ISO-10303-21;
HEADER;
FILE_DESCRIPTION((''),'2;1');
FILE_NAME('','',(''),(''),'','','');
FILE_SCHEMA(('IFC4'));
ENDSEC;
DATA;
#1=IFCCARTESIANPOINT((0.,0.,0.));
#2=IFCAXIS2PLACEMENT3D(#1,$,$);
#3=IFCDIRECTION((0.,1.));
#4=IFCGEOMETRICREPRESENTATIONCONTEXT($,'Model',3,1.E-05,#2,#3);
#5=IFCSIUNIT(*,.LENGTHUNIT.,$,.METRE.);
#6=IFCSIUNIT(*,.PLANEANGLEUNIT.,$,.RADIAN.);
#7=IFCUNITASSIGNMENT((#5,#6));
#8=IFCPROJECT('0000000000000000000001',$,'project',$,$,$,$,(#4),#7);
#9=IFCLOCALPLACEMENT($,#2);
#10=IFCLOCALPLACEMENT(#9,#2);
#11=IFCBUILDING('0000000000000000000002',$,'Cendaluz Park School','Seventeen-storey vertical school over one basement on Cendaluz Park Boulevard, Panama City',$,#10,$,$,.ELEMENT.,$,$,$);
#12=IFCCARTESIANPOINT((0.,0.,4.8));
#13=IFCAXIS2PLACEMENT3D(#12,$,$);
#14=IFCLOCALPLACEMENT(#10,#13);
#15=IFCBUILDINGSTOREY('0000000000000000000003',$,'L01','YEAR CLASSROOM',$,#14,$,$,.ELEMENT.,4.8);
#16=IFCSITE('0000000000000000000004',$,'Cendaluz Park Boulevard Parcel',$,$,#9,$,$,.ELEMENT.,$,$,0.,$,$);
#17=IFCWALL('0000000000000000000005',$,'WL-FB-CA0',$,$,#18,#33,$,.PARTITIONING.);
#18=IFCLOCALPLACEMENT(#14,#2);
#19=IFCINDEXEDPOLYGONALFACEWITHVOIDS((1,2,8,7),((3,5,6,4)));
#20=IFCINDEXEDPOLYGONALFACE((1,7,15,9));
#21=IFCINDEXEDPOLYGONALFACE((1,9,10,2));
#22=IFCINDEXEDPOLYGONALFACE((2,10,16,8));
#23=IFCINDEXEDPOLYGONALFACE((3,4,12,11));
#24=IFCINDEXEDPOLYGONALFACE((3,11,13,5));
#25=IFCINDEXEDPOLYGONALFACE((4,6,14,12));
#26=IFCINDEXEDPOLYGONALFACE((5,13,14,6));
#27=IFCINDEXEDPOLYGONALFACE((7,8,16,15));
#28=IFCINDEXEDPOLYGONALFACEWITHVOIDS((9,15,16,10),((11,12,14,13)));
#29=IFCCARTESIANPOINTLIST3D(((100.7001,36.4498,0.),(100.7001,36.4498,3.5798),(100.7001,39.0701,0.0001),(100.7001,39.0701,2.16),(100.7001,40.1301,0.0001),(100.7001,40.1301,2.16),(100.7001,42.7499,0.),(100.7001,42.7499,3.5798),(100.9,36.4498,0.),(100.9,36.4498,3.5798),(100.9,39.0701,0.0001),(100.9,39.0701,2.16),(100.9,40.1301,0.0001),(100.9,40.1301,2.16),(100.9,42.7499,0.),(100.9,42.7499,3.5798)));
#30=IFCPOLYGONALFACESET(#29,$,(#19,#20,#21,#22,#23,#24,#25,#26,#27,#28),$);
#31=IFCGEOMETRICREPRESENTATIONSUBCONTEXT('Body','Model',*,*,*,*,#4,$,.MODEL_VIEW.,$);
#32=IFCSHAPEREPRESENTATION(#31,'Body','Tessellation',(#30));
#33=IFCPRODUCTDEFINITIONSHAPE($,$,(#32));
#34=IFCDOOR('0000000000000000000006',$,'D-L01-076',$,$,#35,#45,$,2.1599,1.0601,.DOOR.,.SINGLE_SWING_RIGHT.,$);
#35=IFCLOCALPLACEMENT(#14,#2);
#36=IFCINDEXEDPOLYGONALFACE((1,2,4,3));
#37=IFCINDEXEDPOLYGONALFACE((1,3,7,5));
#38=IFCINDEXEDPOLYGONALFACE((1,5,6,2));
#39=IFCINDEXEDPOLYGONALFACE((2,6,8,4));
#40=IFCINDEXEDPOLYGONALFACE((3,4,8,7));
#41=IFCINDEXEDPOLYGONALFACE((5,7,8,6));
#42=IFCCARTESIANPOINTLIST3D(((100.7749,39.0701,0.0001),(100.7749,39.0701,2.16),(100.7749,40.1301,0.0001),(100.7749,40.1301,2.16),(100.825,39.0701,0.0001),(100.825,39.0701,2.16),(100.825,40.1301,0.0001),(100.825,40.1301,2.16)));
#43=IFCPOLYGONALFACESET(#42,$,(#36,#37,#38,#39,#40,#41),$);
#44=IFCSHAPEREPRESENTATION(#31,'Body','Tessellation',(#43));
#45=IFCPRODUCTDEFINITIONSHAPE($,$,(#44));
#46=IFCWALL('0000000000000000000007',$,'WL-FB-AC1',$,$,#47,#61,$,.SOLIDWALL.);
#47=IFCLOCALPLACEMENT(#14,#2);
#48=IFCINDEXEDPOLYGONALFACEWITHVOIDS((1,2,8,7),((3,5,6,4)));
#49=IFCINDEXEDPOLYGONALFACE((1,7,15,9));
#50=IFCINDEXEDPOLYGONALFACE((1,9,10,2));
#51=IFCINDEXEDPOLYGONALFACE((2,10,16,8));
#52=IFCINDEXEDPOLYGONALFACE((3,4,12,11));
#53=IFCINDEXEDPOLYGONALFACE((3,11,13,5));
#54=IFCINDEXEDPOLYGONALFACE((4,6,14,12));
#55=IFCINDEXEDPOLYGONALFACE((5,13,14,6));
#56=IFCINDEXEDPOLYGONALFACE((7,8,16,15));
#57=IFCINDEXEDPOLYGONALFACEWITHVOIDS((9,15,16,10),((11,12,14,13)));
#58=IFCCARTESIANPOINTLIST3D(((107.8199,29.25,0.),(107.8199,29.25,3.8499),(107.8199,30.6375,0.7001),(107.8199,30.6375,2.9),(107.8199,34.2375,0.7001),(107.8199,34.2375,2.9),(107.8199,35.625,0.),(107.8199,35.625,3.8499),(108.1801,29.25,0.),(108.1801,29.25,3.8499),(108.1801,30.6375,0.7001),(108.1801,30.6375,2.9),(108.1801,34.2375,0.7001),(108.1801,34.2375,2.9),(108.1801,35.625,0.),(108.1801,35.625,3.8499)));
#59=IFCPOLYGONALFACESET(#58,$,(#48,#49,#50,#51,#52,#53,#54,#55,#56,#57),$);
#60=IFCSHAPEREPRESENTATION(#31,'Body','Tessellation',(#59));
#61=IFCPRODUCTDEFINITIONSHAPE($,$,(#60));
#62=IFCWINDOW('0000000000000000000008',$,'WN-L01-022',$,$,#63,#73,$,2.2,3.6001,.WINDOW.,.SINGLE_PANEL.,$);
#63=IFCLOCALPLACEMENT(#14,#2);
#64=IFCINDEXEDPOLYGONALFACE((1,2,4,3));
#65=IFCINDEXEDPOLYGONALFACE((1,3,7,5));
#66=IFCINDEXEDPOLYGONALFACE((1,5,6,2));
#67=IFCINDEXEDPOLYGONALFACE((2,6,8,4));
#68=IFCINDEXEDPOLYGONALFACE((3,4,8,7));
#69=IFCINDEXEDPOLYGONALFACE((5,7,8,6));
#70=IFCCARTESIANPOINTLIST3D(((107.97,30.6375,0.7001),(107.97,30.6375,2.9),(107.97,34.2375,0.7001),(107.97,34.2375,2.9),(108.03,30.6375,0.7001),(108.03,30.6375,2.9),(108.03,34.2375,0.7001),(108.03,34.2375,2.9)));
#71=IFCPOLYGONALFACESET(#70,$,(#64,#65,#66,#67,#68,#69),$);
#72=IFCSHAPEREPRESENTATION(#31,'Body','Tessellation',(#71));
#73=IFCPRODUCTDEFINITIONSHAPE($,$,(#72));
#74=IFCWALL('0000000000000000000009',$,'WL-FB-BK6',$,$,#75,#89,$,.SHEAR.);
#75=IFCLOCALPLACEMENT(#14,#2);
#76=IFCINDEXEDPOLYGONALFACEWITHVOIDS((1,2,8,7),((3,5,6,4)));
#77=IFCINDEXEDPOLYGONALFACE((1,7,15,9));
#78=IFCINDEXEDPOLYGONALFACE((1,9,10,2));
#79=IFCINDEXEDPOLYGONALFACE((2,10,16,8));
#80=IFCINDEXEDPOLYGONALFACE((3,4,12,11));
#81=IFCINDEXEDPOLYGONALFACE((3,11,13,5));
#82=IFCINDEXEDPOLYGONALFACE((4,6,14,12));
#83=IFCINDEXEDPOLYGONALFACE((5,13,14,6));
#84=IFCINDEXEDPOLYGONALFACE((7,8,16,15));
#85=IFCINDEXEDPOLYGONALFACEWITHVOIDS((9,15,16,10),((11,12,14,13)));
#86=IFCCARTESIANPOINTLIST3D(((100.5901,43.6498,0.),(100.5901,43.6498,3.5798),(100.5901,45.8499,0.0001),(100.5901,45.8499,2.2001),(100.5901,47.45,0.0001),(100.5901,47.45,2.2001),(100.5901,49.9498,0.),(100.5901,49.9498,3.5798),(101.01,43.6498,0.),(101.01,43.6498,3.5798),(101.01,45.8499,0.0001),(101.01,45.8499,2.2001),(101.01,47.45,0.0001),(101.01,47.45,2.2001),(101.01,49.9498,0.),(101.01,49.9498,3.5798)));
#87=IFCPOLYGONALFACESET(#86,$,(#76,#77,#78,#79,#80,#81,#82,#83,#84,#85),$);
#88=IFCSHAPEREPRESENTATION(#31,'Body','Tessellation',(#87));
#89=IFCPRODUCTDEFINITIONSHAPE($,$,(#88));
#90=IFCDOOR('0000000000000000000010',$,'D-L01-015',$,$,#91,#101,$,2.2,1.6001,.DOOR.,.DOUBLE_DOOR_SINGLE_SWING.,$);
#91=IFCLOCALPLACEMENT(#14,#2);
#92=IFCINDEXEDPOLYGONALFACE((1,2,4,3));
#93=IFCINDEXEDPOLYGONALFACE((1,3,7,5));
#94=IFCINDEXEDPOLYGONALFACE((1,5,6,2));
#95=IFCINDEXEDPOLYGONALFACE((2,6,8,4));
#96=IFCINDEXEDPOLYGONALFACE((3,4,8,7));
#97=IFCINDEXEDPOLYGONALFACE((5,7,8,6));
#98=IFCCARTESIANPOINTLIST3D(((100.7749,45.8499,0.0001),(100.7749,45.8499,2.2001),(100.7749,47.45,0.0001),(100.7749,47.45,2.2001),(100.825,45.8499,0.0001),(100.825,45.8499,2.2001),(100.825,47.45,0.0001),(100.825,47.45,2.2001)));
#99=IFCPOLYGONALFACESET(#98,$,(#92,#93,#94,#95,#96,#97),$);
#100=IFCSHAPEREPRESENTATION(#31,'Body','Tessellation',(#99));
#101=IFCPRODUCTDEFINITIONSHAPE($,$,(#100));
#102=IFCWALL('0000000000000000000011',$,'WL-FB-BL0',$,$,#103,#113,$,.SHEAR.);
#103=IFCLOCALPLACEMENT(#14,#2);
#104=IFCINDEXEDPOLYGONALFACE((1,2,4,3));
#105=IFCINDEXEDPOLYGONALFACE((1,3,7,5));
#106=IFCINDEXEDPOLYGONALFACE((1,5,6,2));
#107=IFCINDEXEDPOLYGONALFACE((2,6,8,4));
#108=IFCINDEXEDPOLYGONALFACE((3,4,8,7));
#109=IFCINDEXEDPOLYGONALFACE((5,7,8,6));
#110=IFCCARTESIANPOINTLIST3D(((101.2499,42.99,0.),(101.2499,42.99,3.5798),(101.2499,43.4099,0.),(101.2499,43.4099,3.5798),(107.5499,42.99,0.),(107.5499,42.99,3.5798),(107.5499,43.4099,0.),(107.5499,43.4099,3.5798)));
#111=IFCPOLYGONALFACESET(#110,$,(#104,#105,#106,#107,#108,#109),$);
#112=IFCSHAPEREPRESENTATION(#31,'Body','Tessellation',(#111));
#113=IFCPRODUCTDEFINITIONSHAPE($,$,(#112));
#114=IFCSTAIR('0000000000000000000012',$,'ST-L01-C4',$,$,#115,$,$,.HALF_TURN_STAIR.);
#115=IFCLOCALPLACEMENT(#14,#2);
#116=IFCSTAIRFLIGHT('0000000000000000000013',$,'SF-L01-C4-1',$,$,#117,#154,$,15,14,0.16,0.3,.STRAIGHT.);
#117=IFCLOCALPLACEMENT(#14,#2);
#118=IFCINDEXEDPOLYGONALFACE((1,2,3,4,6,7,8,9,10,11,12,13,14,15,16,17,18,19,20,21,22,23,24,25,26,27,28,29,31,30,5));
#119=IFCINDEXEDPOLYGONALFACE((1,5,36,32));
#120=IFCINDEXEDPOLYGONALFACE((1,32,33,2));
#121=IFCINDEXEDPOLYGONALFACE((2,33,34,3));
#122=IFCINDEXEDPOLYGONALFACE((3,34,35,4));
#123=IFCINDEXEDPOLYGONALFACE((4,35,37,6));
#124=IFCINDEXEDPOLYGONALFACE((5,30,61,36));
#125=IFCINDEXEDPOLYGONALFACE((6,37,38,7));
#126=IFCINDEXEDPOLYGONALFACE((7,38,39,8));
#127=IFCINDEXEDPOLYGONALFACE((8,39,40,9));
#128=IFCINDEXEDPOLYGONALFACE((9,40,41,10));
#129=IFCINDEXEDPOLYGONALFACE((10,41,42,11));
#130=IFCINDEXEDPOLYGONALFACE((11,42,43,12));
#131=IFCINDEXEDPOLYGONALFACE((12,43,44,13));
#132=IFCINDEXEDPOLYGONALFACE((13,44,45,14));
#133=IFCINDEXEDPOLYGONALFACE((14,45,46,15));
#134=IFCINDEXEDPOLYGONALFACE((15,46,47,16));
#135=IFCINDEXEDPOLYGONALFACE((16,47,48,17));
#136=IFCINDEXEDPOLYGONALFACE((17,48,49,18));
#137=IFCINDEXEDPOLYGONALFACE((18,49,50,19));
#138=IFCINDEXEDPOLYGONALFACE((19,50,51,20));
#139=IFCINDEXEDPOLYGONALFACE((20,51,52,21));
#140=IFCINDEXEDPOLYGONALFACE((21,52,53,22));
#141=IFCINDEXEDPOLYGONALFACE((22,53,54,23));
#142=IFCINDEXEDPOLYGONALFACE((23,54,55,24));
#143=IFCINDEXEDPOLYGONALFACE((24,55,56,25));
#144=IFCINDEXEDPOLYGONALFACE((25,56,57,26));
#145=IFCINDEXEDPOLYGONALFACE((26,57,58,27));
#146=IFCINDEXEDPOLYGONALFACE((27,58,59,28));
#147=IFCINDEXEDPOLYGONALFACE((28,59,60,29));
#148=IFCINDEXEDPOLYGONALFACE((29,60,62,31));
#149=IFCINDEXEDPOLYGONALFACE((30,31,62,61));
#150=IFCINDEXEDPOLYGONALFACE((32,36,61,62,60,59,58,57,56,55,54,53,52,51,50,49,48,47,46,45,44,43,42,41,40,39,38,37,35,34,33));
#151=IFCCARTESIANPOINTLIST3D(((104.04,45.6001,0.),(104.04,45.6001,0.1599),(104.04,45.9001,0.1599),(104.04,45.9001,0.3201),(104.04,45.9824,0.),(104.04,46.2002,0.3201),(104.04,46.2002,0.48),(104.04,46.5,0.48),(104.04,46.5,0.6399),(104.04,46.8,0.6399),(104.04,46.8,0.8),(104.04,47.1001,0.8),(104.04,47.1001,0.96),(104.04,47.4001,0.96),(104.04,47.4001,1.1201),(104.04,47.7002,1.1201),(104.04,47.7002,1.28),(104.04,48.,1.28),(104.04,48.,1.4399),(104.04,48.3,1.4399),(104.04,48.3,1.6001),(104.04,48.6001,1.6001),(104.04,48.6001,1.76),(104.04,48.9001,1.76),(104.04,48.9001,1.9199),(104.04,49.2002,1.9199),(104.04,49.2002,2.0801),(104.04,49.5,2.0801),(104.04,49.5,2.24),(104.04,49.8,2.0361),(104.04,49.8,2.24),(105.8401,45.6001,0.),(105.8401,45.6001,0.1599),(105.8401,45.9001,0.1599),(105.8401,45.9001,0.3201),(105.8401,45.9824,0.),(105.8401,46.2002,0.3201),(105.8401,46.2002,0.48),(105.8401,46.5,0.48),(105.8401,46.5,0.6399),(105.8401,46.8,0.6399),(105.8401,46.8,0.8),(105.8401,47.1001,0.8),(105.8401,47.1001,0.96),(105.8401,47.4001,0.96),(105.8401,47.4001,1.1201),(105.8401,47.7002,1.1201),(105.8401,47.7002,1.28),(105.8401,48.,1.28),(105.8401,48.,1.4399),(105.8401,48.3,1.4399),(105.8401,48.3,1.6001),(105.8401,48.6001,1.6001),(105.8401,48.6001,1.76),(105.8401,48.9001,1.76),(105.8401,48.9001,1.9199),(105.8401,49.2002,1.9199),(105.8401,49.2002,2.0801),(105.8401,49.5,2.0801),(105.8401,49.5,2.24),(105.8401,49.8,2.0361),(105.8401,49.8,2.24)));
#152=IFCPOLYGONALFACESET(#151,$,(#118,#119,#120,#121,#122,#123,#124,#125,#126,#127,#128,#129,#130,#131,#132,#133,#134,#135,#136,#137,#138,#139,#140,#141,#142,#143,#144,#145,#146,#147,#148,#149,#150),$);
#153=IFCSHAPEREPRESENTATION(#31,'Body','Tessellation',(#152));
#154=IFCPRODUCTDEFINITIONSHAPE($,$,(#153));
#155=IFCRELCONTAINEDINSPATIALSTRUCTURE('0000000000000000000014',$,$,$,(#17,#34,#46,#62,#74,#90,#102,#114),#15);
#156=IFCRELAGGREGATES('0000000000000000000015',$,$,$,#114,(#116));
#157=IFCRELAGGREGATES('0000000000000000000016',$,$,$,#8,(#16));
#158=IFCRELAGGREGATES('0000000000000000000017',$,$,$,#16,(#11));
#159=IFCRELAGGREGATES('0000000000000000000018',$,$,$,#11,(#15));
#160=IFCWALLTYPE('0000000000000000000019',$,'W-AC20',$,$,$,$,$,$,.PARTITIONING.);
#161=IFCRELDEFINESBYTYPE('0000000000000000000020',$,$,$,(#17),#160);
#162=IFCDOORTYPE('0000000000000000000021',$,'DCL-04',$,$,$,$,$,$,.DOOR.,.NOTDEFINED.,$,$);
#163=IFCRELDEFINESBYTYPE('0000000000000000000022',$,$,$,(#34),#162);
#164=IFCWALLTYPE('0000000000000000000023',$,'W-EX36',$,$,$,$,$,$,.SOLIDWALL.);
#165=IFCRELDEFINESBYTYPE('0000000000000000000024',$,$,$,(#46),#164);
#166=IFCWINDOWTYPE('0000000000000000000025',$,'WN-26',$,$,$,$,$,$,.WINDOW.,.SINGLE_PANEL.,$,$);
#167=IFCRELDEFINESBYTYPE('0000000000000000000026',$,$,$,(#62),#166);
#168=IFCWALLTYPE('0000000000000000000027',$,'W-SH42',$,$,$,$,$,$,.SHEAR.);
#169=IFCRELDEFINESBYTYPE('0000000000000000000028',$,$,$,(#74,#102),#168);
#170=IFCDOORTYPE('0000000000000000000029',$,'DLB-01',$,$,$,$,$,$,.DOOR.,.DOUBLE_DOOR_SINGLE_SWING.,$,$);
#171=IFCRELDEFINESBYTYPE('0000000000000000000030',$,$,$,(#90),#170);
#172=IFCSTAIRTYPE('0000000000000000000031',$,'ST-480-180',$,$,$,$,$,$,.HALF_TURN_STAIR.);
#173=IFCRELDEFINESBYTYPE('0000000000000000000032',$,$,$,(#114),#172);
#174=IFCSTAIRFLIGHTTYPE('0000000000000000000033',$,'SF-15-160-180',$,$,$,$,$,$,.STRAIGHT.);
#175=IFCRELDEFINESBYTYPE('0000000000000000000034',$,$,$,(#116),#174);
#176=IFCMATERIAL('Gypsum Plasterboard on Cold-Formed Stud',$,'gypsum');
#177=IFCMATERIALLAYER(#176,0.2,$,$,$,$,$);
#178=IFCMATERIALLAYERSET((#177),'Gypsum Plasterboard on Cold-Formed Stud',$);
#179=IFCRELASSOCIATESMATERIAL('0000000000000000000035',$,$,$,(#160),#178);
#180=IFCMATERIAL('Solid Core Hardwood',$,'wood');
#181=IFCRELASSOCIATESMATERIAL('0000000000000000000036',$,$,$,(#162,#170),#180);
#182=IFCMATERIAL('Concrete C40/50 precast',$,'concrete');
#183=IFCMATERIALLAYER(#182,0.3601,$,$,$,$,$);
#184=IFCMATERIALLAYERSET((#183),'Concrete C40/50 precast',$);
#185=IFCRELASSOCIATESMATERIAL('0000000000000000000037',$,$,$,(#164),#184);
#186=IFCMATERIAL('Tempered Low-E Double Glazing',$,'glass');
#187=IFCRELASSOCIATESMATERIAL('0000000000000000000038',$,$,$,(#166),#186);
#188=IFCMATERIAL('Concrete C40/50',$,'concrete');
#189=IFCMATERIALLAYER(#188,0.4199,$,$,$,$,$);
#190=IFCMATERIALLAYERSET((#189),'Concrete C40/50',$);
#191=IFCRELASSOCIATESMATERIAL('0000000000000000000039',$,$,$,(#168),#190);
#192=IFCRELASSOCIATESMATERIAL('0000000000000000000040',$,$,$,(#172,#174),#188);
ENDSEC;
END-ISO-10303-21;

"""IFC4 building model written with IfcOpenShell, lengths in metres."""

from ifc_helpers import new_model, si_unit, direction, frame, frame_2d, origin, place, context, subcontext, project, spatial, polyline, rectangle, outline, extrude, material, layer, layer_set, type_object, element, fill, aggregate, save


model = new_model("IFC4")

# Units and contexts
model_context = context("Model", 3, precision=1e-05, world=origin(), true_north=direction((0.0, 1.0)))
body_context = subcontext(model_context, "Body", "Model", "MODEL_VIEW")
ifc_project = project(units=[si_unit("LENGTHUNIT", "METRE"), si_unit("PLANEANGLEUNIT", "RADIAN")], contexts=[model_context])

# Site, building, storey
site_placement = place(None, origin())
site = spatial("IfcSite", under=ifc_project, at=site_placement, Name="Cendaluz Park Boulevard Parcel", CompositionType="ELEMENT", RefElevation=0.0)
building_placement = place(site_placement, origin())
building = spatial("IfcBuilding", under=site, at=building_placement, Name="Cendaluz Park School", Description="Seventeen-storey vertical school over one basement on Cendaluz Park Boulevard, Panama City", CompositionType="ELEMENT")
storey_placement = place(building_placement, frame((0.0, 0.0, 4.8)))
storey = spatial("IfcBuildingStorey", under=building, at=storey_placement, Name="L01", Description="YEAR CLASSROOM", CompositionType="ELEMENT", Elevation=4.8)

# Shared definitions
ifc_material_1 = material(Name="Concrete C40/50", Category="concrete")

# Shared definitions
ifc_material_2 = material(Name="Gypsum Plasterboard on Cold-Formed Stud", Category="gypsum")
ifc_layer_1 = layer(ifc_material_2, 0.2)
ifc_layer_set_1 = layer_set([ifc_layer_1], Name="Gypsum Plasterboard on Cold-Formed Stud")
wall_type_1 = type_object("IfcWallType", Name="W-AC20", PredefinedType="PARTITIONING", material=ifc_layer_set_1)

# Wall, opening, door
wall_1_placement = place(storey_placement, frame((100.8, 36.45, 0.0), z_axis=(0.0, 0.0, 1.0), x_axis=(0.0, 1.0, 0.0)))
wall_1 = element("IfcWall", 1, at=wall_1_placement, inside=storey, type_object=wall_type_1, Name="WL-FB-CA0", PredefinedType="PARTITIONING", context=body_context, shape_type="SweptSolid", body=[
    extrude(rectangle(XDim=6.3, YDim=0.2, at=frame_2d((3.1499, 0.0))), origin(), (0.0, 0.0, 1.0), 3.5798),
])
opening_1_placement = place(wall_1_placement, frame((2.6201, 0.0, 0.0)))
opening_1 = element("IfcOpeningElement", 2, at=opening_1_placement, cuts=wall_1, PredefinedType="OPENING", context=body_context, shape_type="SweptSolid", body=[
    extrude(rectangle(XDim=1.0601, YDim=2.1599, at=frame_2d((0.53, 1.0801))), frame((0.0, 0.1121, 0.0), z_axis=(0.0, -1.0, 0.0), x_axis=(1.0, 0.0, 0.0)), (0.0, 0.0, 1.0), 0.2239),
])
ifc_material_3 = material(Name="Solid Core Hardwood", Category="wood")
door_type_1 = type_object("IfcDoorType", Name="DCL-04", OperationType="NOTDEFINED", PredefinedType="DOOR", material=ifc_material_3)
door_1_placement = place(opening_1_placement, frame((1.0601, 0.0, 0.0), z_axis=(0.0, 0.0, 1.0), x_axis=(-1.0, 0.0, 0.0)))
door_1 = element("IfcDoor", 3, at=door_1_placement, inside=storey, type_object=door_type_1, Name="D-L01-076", OperationType="SINGLE_SWING_RIGHT", OverallHeight=2.1599, OverallWidth=1.0601, PredefinedType="DOOR", context=body_context, shape_type="SweptSolid", body=[
    extrude(rectangle(XDim=1.0601, YDim=2.1599, at=frame_2d((0.53, 1.0801))), frame((0.0, 0.0249, 0.0), z_axis=(0.0, -1.0, 0.0), x_axis=(1.0, 0.0, 0.0)), (0.0, 0.0, 1.0), 0.05),
])
fill(opening_1, door_1)

# Wall, opening, window
ifc_material_4 = material(Name="Concrete C40/50 precast", Category="concrete")
ifc_layer_2 = layer(ifc_material_4, 0.3601)
ifc_layer_set_2 = layer_set([ifc_layer_2], Name="Concrete C40/50 precast")
wall_type_2 = type_object("IfcWallType", Name="W-EX36", PredefinedType="SOLIDWALL", material=ifc_layer_set_2)
wall_2_placement = place(storey_placement, frame((108.0, 29.25, 0.0), z_axis=(0.0, 0.0, 1.0), x_axis=(0.0, 1.0, 0.0)))
wall_2 = element("IfcWall", 4, at=wall_2_placement, inside=storey, type_object=wall_type_2, Name="WL-FB-AC1", PredefinedType="SOLIDWALL", context=body_context, shape_type="SweptSolid", body=[
    extrude(rectangle(XDim=6.375, YDim=0.3601, at=frame_2d((3.1875, 0.0))), origin(), (0.0, 0.0, 1.0), 3.8499),
])
opening_2_placement = place(wall_2_placement, frame((1.3875, 0.0, 0.7)))
opening_2 = element("IfcOpeningElement", 5, at=opening_2_placement, cuts=wall_2, PredefinedType="OPENING", context=body_context, shape_type="SweptSolid", body=[
    extrude(rectangle(XDim=3.6001, YDim=2.2, at=frame_2d((1.8, 1.1001))), frame((0.0, 0.1921, 0.0), z_axis=(0.0, -1.0, 0.0), x_axis=(1.0, 0.0, 0.0)), (0.0, 0.0, 1.0), 0.384),
])
ifc_material_5 = material(Name="Tempered Low-E Double Glazing", Category="glass")
window_type = type_object("IfcWindowType", Name="WN-26", PartitioningType="SINGLE_PANEL", PredefinedType="WINDOW", material=ifc_material_5)
window_placement = place(opening_2_placement, origin())
window = element("IfcWindow", 6, at=window_placement, inside=storey, type_object=window_type, Name="WN-L01-022", OverallHeight=2.2, OverallWidth=3.6001, PartitioningType="SINGLE_PANEL", PredefinedType="WINDOW", context=body_context, shape_type="SweptSolid", body=[
    extrude(rectangle(XDim=3.6001, YDim=2.2, at=frame_2d((1.8, 1.1001))), frame((0.0, 0.03, 0.0), z_axis=(0.0, -1.0, 0.0), x_axis=(1.0, 0.0, 0.0)), (0.0, 0.0, 1.0), 0.0601),
])
fill(opening_2, window)

# Wall, opening, door
ifc_layer_3 = layer(ifc_material_1, 0.4199)
ifc_layer_set_3 = layer_set([ifc_layer_3], Name="Concrete C40/50")
wall_type_3 = type_object("IfcWallType", Name="W-SH42", PredefinedType="SHEAR", material=ifc_layer_set_3)
wall_3_placement = place(storey_placement, frame((100.8, 43.6499, 0.0), z_axis=(0.0, 0.0, 1.0), x_axis=(0.0, 1.0, 0.0)))
wall_3 = element("IfcWall", 7, at=wall_3_placement, inside=storey, type_object=wall_type_3, Name="WL-FB-BK6", PredefinedType="SHEAR", context=body_context, shape_type="SweptSolid", body=[
    extrude(rectangle(XDim=6.3, YDim=0.4199, at=frame_2d((3.1499, 0.0))), origin(), (0.0, 0.0, 1.0), 3.5798),
])
opening_3_placement = place(wall_3_placement, frame((2.2, 0.0, 0.0)))
opening_3 = element("IfcOpeningElement", 8, at=opening_3_placement, cuts=wall_3, PredefinedType="OPENING", context=body_context, shape_type="SweptSolid", body=[
    extrude(rectangle(XDim=1.6001, YDim=2.2, at=frame_2d((0.8, 1.1001))), frame((0.0, 0.2219, 0.0), z_axis=(0.0, -1.0, 0.0), x_axis=(1.0, 0.0, 0.0)), (0.0, 0.0, 1.0), 0.4438),
])
door_type_2 = type_object("IfcDoorType", Name="DLB-01", OperationType="DOUBLE_DOOR_SINGLE_SWING", PredefinedType="DOOR", material=ifc_material_3)
door_2_placement = place(opening_3_placement, frame((1.6001, 0.0, 0.0), z_axis=(0.0, 0.0, 1.0), x_axis=(-1.0, 0.0, 0.0)))
door_2 = element("IfcDoor", 9, at=door_2_placement, inside=storey, type_object=door_type_2, Name="D-L01-015", OperationType="DOUBLE_DOOR_SINGLE_SWING", OverallHeight=2.2, OverallWidth=1.6001, PredefinedType="DOOR", context=body_context, shape_type="SweptSolid", body=[
    extrude(rectangle(XDim=1.6001, YDim=2.2, at=frame_2d((0.8, 1.1001))), frame((0.0, 0.0249, 0.0), z_axis=(0.0, -1.0, 0.0), x_axis=(1.0, 0.0, 0.0)), (0.0, 0.0, 1.0), 0.05),
])
fill(opening_3, door_2)

# Wall
wall_4_placement = place(storey_placement, frame((101.25, 43.2, 0.0), z_axis=(0.0, 0.0, 1.0), x_axis=(1.0, 0.0, 0.0)))
element("IfcWall", 10, at=wall_4_placement, inside=storey, type_object=wall_type_3, Name="WL-FB-BL0", PredefinedType="SHEAR", context=body_context, shape_type="SweptSolid", body=[
    extrude(rectangle(XDim=6.3, YDim=0.4199, at=frame_2d((3.1499, 0.0))), origin(), (0.0, 0.0, 1.0), 3.5798),
])

# Stair, stair flight
stair_type = type_object("IfcStairType", Name="ST-480-180", PredefinedType="HALF_TURN_STAIR", material=ifc_material_1)
stair_placement = place(storey_placement, origin())
stair = element("IfcStair", 11, at=stair_placement, inside=storey, type_object=stair_type, Name="ST-L01-C4", PredefinedType="HALF_TURN_STAIR")
stair_flight_type = type_object("IfcStairFlightType", Name="SF-15-160-180", PredefinedType="STRAIGHT", material=ifc_material_1)
stair_flight_placement = place(storey_placement, frame((104.9399, 45.6001, 0.0), z_axis=(0.0, 0.0, 1.0), x_axis=(0.0, 1.0, 0.0)))
stair_flight = element("IfcStairFlight", 12, at=stair_flight_placement, type_object=stair_flight_type, Name="SF-L01-C4-1", NumberOfRisers=15, NumberOfTreads=14, PredefinedType="STRAIGHT", RiserHeight=0.16, TreadLength=0.3, context=body_context, shape_type="SweptSolid", body=[
    extrude(outline(polyline([(0.0, 0.0), (0.0, 0.1599), (0.3, 0.1599), (0.3, 0.3201), (0.6001, 0.3201), (0.6001, 0.48), (0.8999, 0.48), (0.8999, 0.6399), (1.2, 0.6399), (1.2, 0.8), (1.5, 0.8), (1.5, 0.96), (1.8, 0.96), (1.8, 1.1201), (2.1001, 1.1201), (2.1001, 1.28), (2.3999, 1.28), (2.3999, 1.4399), (2.7, 1.4399), (2.7, 1.6001), (3.0, 1.6001), (3.0, 1.76), (3.3, 1.76), (3.3, 1.9199), (3.6001, 1.9199), (3.6001, 2.0801), (3.8999, 2.0801), (3.8999, 2.24), (4.2, 2.24), (4.2, 2.3999), (4.2, 2.0361), (0.3823, 0.0), (0.0, 0.0)])), frame((0.0, 0.8999, 0.0), z_axis=(0.0, -1.0, 0.0), x_axis=(1.0, 0.0, 0.0)), (0.0, 0.0, 1.0), 1.8),
])
aggregate(stair, [stair_flight])

save(model, "model.ifc")
